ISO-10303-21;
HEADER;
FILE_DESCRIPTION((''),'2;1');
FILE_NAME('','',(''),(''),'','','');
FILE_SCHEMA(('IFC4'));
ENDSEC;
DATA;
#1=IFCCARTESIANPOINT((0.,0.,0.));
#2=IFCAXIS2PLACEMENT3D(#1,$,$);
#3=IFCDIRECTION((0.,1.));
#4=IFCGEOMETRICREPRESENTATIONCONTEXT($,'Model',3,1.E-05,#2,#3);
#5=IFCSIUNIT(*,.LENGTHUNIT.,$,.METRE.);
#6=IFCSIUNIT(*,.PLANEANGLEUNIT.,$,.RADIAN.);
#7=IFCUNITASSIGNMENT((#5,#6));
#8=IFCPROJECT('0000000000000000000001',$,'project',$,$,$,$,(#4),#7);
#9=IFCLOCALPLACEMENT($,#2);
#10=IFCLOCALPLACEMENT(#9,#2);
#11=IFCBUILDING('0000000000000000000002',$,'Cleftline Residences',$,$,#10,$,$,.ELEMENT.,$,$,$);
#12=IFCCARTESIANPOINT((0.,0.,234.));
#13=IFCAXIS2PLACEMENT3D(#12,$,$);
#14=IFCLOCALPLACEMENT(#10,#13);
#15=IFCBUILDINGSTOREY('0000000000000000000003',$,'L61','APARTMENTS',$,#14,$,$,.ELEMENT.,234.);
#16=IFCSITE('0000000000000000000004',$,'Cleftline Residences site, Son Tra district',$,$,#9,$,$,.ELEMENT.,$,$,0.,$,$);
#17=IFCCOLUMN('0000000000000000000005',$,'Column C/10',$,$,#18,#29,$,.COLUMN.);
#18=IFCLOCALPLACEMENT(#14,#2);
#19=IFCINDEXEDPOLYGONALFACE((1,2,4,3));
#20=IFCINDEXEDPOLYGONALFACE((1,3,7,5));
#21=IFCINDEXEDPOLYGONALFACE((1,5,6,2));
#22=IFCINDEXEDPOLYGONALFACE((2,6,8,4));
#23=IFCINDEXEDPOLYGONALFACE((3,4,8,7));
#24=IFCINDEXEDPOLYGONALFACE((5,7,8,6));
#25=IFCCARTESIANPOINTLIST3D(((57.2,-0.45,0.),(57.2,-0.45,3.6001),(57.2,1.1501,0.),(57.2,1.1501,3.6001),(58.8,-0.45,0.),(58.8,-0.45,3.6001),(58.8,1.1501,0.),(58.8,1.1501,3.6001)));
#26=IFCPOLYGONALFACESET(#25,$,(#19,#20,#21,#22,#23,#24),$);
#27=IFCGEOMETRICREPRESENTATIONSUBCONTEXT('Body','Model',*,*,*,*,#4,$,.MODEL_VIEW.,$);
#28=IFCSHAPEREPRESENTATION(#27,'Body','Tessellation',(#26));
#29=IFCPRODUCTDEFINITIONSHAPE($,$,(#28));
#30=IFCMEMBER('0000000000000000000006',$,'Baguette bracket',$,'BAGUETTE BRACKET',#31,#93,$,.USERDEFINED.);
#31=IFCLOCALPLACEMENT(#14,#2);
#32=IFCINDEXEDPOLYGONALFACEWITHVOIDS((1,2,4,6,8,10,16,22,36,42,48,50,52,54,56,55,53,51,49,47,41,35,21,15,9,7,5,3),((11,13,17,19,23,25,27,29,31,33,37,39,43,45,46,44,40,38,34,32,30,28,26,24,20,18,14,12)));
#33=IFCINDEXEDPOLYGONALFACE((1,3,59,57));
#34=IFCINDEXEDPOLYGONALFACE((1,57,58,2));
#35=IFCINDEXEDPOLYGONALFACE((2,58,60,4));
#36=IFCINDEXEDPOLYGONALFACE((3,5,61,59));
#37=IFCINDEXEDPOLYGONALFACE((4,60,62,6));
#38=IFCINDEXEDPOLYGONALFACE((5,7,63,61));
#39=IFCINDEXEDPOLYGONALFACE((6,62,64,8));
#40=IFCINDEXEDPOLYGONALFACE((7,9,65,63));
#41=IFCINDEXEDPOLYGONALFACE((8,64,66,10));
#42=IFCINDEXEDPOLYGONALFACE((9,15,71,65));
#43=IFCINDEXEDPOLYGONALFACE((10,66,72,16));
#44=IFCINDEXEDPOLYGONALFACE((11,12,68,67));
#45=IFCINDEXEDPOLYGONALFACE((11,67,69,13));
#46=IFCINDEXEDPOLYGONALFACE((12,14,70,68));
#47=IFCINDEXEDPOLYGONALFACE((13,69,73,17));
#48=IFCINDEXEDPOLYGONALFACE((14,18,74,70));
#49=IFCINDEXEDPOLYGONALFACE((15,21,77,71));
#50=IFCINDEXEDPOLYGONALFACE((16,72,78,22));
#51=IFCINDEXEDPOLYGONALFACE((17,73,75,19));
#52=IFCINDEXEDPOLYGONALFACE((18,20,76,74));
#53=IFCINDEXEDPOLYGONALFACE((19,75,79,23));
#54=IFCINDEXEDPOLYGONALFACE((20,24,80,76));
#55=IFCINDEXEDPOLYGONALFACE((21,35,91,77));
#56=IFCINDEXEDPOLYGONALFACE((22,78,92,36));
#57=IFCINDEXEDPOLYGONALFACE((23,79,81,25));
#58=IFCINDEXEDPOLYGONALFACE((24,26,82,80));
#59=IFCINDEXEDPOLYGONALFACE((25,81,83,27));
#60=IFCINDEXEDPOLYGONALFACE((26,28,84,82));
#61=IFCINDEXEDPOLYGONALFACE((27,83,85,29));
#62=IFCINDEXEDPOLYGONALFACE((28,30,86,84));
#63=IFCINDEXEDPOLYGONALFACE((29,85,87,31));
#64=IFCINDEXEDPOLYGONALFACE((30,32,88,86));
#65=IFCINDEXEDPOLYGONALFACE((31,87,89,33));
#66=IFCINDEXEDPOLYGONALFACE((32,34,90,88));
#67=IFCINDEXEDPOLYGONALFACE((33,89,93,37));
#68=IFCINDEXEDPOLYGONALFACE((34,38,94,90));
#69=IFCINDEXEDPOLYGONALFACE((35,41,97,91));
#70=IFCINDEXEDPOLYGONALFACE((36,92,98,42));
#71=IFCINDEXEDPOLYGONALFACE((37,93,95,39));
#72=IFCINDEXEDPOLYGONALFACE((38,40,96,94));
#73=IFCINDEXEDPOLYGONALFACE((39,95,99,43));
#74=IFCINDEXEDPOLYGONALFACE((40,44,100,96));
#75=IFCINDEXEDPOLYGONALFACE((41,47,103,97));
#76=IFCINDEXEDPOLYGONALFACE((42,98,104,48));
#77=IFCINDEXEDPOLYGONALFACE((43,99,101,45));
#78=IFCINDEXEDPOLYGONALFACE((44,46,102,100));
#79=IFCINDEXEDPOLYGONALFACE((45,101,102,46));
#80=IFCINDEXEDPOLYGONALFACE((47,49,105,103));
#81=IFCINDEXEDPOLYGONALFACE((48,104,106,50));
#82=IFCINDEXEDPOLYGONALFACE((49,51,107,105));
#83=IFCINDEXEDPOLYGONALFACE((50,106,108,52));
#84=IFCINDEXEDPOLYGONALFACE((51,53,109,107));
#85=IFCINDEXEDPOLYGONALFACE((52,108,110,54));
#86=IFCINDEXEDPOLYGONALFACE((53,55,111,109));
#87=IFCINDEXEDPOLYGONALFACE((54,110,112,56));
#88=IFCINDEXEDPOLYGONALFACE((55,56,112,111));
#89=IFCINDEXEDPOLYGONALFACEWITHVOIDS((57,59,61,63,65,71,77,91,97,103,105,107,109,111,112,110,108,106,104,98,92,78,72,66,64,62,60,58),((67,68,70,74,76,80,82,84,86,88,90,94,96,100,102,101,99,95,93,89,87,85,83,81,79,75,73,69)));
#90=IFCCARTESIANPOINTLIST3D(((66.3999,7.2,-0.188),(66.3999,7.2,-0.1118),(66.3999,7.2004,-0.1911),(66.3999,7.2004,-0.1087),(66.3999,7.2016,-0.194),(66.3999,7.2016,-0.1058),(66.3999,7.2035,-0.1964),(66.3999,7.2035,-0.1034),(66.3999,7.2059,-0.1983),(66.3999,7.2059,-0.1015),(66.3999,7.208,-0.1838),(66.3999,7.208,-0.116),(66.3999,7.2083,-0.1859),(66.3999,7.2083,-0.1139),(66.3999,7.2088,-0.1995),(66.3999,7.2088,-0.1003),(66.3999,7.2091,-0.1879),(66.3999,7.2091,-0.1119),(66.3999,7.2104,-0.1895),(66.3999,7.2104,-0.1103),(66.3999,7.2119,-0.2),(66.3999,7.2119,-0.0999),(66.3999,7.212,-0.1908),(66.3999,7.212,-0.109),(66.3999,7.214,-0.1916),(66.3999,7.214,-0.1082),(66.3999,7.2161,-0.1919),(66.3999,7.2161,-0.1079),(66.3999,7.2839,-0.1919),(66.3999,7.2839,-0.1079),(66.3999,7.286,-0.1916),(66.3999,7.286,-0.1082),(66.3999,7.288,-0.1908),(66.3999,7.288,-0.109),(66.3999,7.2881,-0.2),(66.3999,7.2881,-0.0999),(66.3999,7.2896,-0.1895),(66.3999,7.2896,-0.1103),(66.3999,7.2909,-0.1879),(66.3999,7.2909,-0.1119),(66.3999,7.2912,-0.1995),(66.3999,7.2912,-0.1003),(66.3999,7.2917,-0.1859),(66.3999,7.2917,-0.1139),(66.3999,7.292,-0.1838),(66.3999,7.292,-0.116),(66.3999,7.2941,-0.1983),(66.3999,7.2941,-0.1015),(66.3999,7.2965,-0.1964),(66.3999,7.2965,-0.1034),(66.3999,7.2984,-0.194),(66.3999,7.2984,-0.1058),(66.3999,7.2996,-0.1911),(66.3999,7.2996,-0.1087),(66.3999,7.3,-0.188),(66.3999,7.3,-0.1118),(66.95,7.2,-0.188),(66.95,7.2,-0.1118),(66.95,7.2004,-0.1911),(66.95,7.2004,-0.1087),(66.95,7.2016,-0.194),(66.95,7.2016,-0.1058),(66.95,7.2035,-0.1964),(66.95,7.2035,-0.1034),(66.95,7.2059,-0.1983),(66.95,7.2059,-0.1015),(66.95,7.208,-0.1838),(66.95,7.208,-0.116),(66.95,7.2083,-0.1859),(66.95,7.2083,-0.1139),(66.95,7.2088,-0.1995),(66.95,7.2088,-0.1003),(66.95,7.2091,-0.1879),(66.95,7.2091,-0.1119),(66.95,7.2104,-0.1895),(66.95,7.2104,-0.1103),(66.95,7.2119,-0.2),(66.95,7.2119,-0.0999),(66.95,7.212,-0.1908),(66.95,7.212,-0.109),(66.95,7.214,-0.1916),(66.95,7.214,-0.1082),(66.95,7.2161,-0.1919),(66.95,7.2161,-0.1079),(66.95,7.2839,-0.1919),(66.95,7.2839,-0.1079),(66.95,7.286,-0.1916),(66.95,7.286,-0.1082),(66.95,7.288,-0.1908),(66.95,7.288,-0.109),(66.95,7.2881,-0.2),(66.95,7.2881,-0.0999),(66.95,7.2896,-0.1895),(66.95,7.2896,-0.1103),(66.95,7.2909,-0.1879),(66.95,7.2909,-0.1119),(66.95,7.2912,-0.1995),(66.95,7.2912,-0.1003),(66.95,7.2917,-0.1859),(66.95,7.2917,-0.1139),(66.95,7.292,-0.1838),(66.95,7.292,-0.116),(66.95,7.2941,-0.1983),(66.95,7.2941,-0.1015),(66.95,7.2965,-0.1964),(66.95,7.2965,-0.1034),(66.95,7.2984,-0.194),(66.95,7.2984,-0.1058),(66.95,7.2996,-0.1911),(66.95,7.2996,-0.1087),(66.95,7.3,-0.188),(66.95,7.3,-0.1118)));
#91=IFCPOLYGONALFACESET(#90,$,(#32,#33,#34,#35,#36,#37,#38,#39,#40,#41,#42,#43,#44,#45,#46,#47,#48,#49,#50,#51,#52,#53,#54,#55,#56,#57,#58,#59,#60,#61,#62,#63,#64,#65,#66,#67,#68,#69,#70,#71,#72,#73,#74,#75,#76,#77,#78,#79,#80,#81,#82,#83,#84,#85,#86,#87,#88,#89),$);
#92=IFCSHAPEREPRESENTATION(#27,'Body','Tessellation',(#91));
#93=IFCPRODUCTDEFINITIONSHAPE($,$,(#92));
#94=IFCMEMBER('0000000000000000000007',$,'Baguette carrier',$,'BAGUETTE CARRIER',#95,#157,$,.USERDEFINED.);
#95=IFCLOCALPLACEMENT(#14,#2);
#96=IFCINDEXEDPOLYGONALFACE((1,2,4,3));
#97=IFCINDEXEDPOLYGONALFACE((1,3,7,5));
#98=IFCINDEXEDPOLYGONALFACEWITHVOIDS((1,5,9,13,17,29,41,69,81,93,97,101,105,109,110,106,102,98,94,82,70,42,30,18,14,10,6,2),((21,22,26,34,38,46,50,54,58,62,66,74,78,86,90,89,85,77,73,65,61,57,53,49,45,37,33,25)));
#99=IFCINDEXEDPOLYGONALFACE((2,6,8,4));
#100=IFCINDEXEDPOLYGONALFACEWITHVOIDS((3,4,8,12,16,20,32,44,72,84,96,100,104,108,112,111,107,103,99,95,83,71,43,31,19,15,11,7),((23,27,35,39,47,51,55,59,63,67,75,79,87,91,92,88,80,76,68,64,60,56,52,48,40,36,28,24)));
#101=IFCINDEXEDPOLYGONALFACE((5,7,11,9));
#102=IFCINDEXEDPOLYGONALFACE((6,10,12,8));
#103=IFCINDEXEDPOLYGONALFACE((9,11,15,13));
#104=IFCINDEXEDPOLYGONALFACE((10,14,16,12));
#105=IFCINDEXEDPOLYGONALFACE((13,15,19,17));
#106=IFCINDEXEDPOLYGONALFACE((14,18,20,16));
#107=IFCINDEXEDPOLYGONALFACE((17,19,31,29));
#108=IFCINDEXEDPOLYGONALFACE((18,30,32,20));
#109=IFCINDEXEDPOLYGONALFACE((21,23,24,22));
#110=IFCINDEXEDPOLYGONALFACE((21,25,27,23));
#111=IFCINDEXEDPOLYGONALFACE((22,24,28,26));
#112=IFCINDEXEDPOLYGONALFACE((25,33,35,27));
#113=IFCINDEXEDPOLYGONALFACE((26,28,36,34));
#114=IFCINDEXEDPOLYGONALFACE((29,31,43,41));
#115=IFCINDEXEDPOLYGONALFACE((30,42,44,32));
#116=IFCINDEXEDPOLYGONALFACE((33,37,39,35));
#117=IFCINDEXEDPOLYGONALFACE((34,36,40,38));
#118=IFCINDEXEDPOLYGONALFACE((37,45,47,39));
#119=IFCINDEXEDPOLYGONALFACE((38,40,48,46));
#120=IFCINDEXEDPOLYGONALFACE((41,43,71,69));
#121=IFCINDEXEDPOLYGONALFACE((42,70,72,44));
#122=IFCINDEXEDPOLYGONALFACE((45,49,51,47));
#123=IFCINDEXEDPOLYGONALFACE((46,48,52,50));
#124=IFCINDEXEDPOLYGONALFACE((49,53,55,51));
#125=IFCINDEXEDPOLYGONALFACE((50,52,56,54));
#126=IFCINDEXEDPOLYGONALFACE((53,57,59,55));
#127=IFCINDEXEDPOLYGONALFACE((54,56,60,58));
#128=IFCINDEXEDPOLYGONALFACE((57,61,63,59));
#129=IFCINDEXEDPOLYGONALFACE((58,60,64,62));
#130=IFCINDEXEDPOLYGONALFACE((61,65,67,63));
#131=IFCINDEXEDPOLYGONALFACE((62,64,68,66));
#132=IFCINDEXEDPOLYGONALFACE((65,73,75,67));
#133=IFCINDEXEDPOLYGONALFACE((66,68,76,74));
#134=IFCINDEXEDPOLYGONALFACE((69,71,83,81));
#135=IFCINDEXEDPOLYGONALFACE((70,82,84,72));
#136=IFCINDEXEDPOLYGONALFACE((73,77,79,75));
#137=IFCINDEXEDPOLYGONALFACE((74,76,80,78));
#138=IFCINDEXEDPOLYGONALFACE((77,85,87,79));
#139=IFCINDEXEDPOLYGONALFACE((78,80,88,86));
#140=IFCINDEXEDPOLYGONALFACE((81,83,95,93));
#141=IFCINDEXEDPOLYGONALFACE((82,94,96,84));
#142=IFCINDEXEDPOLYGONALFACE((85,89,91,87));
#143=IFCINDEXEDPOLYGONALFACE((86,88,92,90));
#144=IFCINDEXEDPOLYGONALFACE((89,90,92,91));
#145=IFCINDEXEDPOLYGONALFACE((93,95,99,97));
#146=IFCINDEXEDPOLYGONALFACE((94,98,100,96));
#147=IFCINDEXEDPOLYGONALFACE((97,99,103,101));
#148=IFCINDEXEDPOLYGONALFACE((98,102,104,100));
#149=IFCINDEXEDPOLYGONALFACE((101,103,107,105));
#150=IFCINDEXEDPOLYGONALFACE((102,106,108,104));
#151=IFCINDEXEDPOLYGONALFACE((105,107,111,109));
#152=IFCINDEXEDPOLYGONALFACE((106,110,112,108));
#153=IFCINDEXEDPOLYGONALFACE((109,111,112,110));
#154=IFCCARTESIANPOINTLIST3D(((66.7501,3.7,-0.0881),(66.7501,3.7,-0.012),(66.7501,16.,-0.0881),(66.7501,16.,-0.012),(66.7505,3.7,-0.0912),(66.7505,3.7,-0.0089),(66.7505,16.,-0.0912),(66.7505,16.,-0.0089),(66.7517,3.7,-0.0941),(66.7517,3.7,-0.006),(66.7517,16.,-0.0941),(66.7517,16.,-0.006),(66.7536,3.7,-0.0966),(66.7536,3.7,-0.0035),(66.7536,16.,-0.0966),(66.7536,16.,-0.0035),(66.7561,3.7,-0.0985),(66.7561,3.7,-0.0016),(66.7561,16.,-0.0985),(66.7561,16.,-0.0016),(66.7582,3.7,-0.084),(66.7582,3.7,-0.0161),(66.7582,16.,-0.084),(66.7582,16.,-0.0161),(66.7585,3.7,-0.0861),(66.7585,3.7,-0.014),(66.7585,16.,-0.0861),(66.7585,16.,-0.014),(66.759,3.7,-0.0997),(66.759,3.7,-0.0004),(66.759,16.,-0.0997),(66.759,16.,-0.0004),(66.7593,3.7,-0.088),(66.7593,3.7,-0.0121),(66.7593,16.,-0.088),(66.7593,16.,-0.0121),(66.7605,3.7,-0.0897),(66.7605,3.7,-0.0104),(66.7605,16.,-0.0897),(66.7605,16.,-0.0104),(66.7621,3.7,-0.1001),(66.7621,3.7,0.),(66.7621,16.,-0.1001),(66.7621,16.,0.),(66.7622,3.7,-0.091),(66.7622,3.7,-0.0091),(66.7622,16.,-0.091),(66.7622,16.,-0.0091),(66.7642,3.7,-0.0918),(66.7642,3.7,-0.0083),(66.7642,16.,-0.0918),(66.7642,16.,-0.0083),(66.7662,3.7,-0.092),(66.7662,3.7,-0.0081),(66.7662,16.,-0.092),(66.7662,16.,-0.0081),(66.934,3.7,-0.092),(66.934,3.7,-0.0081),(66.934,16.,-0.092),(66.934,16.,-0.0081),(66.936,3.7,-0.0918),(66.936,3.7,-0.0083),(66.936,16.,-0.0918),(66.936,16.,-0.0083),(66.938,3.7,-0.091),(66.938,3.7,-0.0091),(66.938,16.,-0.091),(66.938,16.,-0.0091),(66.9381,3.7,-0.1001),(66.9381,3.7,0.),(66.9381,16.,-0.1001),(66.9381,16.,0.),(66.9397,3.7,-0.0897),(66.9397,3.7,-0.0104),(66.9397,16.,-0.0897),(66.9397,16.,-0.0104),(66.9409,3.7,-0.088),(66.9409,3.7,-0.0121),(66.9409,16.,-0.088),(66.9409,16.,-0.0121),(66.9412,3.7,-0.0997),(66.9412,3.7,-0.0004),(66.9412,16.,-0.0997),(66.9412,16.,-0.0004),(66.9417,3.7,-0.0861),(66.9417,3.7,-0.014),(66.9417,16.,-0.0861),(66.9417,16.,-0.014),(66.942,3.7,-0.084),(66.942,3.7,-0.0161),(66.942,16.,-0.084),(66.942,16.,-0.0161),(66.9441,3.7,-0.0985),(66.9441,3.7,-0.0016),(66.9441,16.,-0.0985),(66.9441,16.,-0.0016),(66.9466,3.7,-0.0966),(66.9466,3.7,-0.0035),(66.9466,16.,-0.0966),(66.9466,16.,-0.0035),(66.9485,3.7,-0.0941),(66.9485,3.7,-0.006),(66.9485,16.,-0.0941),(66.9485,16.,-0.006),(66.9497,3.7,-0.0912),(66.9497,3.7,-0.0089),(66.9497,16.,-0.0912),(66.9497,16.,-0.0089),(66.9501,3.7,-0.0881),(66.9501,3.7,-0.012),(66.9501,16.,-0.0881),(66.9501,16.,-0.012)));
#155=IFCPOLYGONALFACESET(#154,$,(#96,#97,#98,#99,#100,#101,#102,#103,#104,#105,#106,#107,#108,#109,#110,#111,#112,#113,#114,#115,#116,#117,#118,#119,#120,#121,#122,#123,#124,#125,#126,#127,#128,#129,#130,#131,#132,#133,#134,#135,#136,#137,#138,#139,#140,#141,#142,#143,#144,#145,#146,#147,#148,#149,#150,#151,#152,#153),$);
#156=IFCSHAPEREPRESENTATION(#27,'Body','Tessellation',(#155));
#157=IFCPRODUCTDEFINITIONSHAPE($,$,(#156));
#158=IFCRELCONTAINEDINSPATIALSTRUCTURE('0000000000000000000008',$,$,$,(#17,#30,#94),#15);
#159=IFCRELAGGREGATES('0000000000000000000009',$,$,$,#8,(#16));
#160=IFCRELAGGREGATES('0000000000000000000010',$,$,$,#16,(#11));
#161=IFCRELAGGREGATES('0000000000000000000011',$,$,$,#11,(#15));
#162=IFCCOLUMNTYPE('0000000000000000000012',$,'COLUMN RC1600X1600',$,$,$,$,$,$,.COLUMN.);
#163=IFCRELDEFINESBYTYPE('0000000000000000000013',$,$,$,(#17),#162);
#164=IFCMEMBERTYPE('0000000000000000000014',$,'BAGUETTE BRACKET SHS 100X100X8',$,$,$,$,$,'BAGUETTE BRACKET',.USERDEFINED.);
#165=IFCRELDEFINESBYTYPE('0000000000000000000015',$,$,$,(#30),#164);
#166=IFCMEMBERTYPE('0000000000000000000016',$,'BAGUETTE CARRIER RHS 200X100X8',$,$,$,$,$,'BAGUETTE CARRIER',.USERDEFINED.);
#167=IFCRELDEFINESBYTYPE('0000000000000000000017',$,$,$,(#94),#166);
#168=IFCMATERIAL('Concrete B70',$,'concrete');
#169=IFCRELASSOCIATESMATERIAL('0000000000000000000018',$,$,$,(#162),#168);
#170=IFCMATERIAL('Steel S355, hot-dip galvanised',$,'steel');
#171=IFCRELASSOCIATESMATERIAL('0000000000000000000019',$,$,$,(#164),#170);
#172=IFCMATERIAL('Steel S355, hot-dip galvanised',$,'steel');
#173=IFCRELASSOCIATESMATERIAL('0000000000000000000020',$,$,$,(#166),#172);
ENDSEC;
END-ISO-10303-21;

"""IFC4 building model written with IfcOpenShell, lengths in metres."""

from ifc_helpers import new_model, si_unit, direction, frame, origin, origin_2d, place, context, subcontext, project, spatial, rectangle, hollow_rectangle, extrude, material, material_profile, profile_set, type_object, element, save


model = new_model("IFC4")

# Units and contexts
model_context = context("Model", 3, precision=1e-05, world=origin(), true_north=direction((0.0, 1.0)))
body_context = subcontext(model_context, "Body", "Model", "MODEL_VIEW")
ifc_project = project(units=[si_unit("LENGTHUNIT", "METRE"), si_unit("PLANEANGLEUNIT", "RADIAN")], contexts=[model_context])

# Site, building, storey
site_placement = place(None, origin())
site = spatial("IfcSite", under=ifc_project, at=site_placement, Name="Cleftline Residences site, Son Tra district", CompositionType="ELEMENT", RefElevation=0.0)
building_placement = place(site_placement, origin())
building = spatial("IfcBuilding", under=site, at=building_placement, Name="Cleftline Residences", CompositionType="ELEMENT")
storey_placement = place(building_placement, frame((0.0, 0.0, 234.0)))
storey = spatial("IfcBuildingStorey", under=building, at=storey_placement, Name="L61", Description="APARTMENTS", CompositionType="ELEMENT", Elevation=234.0)

# Column
ifc_material_1 = material(Name="Concrete B70", Category="concrete")
ifc_material_profile_1 = material_profile(ifc_material_1, rectangle(XDim=1.6001, YDim=1.6001, at=origin_2d()))
ifc_profile_set_1 = profile_set([ifc_material_profile_1], Name="Concrete B70")
column_type = type_object("IfcColumnType", Name="COLUMN RC1600X1600", PredefinedType="COLUMN", material=ifc_profile_set_1)
column_placement = place(storey_placement, frame((58.0, 0.3501, 0.0), z_axis=(0.0, 0.0, 1.0), x_axis=(1.0, 0.0, 0.0)))
element("IfcColumn", 1, at=column_placement, inside=storey, type_object=column_type, Name="Column C/10", PredefinedType="COLUMN", context=body_context, shape_type="SweptSolid", body=[
    extrude(rectangle(XDim=1.6001, YDim=1.6001, at=origin_2d()), origin(), (0.0, 0.0, 1.0), 3.6001),
])

# Members
ifc_material_2 = material(Name="Steel S355, hot-dip galvanised", Category="steel")
ifc_material_profile_2 = material_profile(ifc_material_2, hollow_rectangle(XDim=0.1001, YDim=0.1001, WallThickness=0.0081, InnerFilletRadius=0.0081, OuterFilletRadius=0.012, at=origin_2d()))
ifc_profile_set_2 = profile_set([ifc_material_profile_2], Name="Steel S355, hot-dip galvanised")
member_type_1 = type_object("IfcMemberType", Name="BAGUETTE BRACKET SHS 100X100X8", ElementType="BAGUETTE BRACKET", PredefinedType="USERDEFINED", material=ifc_profile_set_2)
member_1_placement = place(storey_placement, frame((66.3999, 7.25, -0.1499), z_axis=(1.0, 0.0, 0.0), x_axis=(0.0, 1.0, 0.0)))
element("IfcMember", 2, at=member_1_placement, inside=storey, type_object=member_type_1, Name="Baguette bracket", ObjectType="BAGUETTE BRACKET", PredefinedType="USERDEFINED", context=body_context, shape_type="SweptSolid", body=[
    extrude(hollow_rectangle(XDim=0.1001, YDim=0.1001, WallThickness=0.0081, InnerFilletRadius=0.0081, OuterFilletRadius=0.012, at=origin_2d()), origin(), (0.0, 0.0, 1.0), 0.55),
])
ifc_material_3 = material(Name="Steel S355, hot-dip galvanised", Category="steel")
ifc_material_profile_3 = material_profile(ifc_material_3, hollow_rectangle(XDim=0.1001, YDim=0.2, WallThickness=0.0081, InnerFilletRadius=0.0081, OuterFilletRadius=0.012, at=origin_2d()))
ifc_profile_set_3 = profile_set([ifc_material_profile_3], Name="Steel S355, hot-dip galvanised")
member_type_2 = type_object("IfcMemberType", Name="BAGUETTE CARRIER RHS 200X100X8", ElementType="BAGUETTE CARRIER", PredefinedType="USERDEFINED", material=ifc_profile_set_3)
member_2_placement = place(storey_placement, frame((66.8501, 3.7, -0.05), z_axis=(0.0, 1.0, 0.0), x_axis=(0.0, 0.0, 1.0)))
element("IfcMember", 3, at=member_2_placement, inside=storey, type_object=member_type_2, Name="Baguette carrier", ObjectType="BAGUETTE CARRIER", PredefinedType="USERDEFINED", context=body_context, shape_type="SweptSolid", body=[
    extrude(hollow_rectangle(XDim=0.1001, YDim=0.2, WallThickness=0.0081, InnerFilletRadius=0.0081, OuterFilletRadius=0.012, at=origin_2d()), origin(), (0.0, 0.0, 1.0), 12.3),
])

save(model, "model.ifc")
